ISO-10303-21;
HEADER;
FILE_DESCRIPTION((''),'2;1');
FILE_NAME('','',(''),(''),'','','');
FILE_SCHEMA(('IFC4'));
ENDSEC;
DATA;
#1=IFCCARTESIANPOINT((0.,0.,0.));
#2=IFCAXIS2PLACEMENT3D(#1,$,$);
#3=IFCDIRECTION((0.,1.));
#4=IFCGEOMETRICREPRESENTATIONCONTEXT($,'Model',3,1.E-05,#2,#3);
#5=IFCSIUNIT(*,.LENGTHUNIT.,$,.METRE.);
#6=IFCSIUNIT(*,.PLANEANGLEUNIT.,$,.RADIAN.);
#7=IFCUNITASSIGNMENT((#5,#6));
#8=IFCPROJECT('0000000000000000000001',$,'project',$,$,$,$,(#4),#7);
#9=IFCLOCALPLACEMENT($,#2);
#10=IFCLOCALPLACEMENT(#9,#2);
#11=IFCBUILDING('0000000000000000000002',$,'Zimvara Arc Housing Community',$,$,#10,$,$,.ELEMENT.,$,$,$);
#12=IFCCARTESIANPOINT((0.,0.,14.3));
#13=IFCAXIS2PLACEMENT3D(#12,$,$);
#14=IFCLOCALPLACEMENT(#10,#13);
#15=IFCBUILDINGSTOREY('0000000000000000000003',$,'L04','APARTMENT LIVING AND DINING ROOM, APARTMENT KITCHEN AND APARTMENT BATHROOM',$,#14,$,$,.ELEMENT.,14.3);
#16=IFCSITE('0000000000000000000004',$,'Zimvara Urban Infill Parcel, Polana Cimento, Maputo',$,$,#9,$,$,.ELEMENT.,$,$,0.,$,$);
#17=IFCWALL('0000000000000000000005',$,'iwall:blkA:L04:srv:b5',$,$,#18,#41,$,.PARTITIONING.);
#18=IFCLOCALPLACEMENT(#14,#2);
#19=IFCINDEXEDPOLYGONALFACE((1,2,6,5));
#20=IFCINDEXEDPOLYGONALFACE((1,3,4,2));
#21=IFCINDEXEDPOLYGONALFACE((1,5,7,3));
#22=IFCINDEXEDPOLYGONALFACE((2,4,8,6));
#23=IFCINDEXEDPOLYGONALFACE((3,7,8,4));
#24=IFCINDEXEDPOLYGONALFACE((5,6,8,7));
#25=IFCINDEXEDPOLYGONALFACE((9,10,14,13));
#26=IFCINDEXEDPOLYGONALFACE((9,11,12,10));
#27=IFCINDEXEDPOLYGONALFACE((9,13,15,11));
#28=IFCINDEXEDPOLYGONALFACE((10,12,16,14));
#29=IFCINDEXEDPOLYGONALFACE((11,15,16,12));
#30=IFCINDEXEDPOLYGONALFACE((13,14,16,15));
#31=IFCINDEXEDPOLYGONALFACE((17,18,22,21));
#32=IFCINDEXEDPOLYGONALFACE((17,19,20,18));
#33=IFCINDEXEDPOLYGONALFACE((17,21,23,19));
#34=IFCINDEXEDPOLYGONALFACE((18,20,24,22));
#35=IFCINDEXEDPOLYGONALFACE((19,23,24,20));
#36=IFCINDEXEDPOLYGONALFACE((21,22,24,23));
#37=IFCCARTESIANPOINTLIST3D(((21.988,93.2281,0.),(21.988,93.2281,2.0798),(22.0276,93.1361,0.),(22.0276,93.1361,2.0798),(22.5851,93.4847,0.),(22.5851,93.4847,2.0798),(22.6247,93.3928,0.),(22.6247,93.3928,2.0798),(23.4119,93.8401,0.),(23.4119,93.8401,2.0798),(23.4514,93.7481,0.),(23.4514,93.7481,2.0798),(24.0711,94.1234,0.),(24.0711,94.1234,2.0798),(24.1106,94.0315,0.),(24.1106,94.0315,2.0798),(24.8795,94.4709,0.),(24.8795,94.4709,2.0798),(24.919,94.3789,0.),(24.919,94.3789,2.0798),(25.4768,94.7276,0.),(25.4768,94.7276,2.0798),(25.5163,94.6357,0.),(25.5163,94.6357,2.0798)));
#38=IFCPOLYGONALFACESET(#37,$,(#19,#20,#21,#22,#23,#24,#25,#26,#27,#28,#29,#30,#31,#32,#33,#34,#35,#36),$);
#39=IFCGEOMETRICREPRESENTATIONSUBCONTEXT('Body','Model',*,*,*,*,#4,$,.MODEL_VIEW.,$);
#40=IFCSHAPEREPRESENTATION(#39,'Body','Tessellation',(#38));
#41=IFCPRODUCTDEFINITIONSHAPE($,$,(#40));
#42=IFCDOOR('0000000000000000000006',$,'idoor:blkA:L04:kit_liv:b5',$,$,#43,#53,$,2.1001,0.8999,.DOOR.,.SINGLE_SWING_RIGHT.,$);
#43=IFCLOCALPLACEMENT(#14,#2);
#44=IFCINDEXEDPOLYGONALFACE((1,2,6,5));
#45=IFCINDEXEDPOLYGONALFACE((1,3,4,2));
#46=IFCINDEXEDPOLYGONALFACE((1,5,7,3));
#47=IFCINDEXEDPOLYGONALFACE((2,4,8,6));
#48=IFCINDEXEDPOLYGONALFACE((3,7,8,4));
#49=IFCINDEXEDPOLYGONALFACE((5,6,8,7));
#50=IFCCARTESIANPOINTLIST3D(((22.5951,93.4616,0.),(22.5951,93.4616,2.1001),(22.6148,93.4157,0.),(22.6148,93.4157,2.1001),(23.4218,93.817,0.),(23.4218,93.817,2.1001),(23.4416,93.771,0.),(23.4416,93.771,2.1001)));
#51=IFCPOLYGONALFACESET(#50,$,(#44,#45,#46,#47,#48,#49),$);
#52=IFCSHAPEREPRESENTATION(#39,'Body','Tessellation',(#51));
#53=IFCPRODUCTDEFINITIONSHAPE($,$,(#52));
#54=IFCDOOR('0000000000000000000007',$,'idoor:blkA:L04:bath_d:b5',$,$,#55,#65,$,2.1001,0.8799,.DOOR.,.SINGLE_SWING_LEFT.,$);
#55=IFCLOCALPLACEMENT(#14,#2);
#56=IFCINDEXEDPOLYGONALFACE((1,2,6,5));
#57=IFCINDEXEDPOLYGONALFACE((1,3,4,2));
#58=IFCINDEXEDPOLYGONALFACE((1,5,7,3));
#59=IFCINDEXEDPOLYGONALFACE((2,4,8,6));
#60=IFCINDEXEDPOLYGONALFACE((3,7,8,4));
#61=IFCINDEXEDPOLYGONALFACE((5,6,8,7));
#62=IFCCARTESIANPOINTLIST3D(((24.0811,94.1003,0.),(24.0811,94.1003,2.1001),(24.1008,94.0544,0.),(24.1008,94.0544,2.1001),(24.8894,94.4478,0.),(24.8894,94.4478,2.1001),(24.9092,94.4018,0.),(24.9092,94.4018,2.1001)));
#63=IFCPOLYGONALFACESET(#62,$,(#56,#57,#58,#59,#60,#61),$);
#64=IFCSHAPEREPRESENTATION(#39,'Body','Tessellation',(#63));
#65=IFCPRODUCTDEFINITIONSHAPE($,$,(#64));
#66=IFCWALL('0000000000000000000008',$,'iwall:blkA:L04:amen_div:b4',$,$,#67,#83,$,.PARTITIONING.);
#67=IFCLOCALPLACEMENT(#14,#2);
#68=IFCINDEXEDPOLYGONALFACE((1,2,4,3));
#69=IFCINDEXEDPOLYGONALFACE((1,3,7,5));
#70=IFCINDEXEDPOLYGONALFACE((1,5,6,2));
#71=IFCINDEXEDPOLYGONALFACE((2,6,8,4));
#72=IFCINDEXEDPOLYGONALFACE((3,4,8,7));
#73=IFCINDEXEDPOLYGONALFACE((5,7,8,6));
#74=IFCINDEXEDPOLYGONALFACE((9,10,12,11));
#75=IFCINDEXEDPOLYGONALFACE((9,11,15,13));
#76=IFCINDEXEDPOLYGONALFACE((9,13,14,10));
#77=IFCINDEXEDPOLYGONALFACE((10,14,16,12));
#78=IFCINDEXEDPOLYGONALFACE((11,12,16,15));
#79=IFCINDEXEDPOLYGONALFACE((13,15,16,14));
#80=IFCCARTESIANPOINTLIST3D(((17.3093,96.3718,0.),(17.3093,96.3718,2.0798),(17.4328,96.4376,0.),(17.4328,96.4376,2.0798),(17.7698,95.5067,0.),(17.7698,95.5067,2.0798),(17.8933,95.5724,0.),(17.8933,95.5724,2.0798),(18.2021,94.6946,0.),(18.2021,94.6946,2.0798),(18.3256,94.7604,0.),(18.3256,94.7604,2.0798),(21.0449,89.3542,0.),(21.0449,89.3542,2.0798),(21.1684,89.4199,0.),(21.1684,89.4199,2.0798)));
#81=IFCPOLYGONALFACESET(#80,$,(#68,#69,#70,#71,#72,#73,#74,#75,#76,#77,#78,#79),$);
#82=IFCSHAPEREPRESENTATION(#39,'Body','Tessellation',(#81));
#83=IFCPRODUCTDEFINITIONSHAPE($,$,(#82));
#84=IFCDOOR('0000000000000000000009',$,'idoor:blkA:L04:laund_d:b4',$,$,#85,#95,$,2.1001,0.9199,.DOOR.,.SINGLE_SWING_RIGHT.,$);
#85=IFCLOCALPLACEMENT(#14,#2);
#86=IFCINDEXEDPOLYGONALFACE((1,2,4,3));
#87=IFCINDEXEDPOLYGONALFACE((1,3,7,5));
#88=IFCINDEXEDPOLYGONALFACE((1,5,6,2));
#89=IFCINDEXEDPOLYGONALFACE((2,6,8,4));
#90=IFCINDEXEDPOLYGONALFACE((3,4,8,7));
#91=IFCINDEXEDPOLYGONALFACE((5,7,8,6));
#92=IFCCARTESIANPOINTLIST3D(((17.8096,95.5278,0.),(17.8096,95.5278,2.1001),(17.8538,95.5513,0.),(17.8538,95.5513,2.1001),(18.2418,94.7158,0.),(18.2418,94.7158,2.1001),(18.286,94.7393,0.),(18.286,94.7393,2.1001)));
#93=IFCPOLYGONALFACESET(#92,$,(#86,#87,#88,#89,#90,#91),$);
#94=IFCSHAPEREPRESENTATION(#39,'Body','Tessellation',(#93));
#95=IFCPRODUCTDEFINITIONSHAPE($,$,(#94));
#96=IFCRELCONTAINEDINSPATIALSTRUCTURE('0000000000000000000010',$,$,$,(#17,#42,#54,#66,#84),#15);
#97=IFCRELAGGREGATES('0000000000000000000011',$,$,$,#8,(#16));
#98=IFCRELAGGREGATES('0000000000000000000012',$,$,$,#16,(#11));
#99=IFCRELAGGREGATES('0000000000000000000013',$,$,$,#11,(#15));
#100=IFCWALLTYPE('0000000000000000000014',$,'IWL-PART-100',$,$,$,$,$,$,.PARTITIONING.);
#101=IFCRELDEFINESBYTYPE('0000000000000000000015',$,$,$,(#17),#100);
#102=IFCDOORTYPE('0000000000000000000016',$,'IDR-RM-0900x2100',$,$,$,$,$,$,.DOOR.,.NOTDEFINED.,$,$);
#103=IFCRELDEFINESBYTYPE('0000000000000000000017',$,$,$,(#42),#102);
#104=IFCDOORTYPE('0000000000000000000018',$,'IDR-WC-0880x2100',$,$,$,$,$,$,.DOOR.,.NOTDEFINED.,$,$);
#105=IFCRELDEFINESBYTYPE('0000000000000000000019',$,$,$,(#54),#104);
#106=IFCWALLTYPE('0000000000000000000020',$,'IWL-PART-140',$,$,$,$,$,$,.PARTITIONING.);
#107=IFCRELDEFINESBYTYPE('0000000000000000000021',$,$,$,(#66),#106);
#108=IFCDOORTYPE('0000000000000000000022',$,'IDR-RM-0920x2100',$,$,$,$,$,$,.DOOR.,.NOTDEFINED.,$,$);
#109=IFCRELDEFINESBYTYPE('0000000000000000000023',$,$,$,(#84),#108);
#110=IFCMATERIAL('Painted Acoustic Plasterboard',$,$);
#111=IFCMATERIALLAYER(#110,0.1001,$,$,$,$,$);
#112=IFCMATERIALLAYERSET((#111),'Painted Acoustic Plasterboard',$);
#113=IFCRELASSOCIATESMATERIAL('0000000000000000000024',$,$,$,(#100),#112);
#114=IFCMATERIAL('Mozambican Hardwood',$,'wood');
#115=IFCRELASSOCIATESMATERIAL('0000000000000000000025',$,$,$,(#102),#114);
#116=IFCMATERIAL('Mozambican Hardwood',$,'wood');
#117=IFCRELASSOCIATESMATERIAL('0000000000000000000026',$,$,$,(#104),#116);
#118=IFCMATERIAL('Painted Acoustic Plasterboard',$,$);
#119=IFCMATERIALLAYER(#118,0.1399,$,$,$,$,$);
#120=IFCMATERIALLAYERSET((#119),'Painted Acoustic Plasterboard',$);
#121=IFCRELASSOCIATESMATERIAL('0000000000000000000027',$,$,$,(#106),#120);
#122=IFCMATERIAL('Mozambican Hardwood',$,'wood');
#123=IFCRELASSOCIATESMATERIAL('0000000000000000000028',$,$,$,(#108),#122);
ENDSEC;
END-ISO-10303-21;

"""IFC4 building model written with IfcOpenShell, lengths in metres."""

from ifc_helpers import new_model, si_unit, direction, frame, frame_2d, origin, place, context, subcontext, project, spatial, rectangle, extrude, material, layer, layer_set, type_object, element, fill, save


model = new_model("IFC4")

# Units and contexts
model_context = context("Model", 3, precision=1e-05, world=origin(), true_north=direction((0.0, 1.0)))
body_context = subcontext(model_context, "Body", "Model", "MODEL_VIEW")
ifc_project = project(units=[si_unit("LENGTHUNIT", "METRE"), si_unit("PLANEANGLEUNIT", "RADIAN")], contexts=[model_context])

# Site, building, storey
site_placement = place(None, origin())
site = spatial("IfcSite", under=ifc_project, at=site_placement, Name="Zimvara Urban Infill Parcel, Polana Cimento, Maputo", CompositionType="ELEMENT", RefElevation=0.0)
building_placement = place(site_placement, origin())
building = spatial("IfcBuilding", under=site, at=building_placement, Name="Zimvara Arc Housing Community", CompositionType="ELEMENT")
storey_placement = place(building_placement, frame((0.0, 0.0, 14.3)))
storey = spatial("IfcBuildingStorey", under=building, at=storey_placement, Name="L04", Description="APARTMENT LIVING AND DINING ROOM, APARTMENT KITCHEN AND APARTMENT BATHROOM", CompositionType="ELEMENT", Elevation=14.3)

# Wall, openings, doors
ifc_material_1 = material(Name="Painted Acoustic Plasterboard")
ifc_layer_1 = layer(ifc_material_1, 0.1001)
ifc_layer_set_1 = layer_set([ifc_layer_1], Name="Painted Acoustic Plasterboard")
wall_type_1 = type_object("IfcWallType", Name="IWL-PART-100", PredefinedType="PARTITIONING", material=ifc_layer_set_1)
wall_1_placement = place(storey_placement, frame((22.0078, 93.1821, 0.0), z_axis=(0.0, 0.0, 1.0), x_axis=(0.918732, 0.394881, 0.0)))
wall_1 = element("IfcWall", 1, at=wall_1_placement, inside=storey, type_object=wall_type_1, Name="iwall:blkA:L04:srv:b5", PredefinedType="PARTITIONING", context=body_context, shape_type="SweptSolid", body=[
    extrude(rectangle(XDim=3.7974, YDim=0.1001, at=frame_2d((1.8987, 0.0))), origin(), (0.0, 0.0, 1.0), 2.0798),
])
opening_1_placement = place(wall_1_placement, frame((0.6499, 0.0, 0.0)))
opening_1 = element("IfcOpeningElement", 2, at=opening_1_placement, cuts=wall_1, PredefinedType="OPENING", context=body_context, shape_type="SweptSolid", body=[
    extrude(rectangle(XDim=0.8999, YDim=2.1001, at=frame_2d((0.45, 1.05))), frame((0.0, 0.0601, 0.0), z_axis=(0.0, -1.0, 0.0), x_axis=(1.0, 0.0, 0.0)), (0.0, 0.0, 1.0), 0.1201),
])
opening_2_placement = place(wall_1_placement, frame((2.2673, 0.0, 0.0)))
opening_2 = element("IfcOpeningElement", 3, at=opening_2_placement, cuts=wall_1, PredefinedType="OPENING", context=body_context, shape_type="SweptSolid", body=[
    extrude(rectangle(XDim=0.8799, YDim=2.1001, at=frame_2d((0.4399, 1.05))), frame((0.0, 0.0601, 0.0), z_axis=(0.0, -1.0, 0.0), x_axis=(1.0, 0.0, 0.0)), (0.0, 0.0, 1.0), 0.1201),
])
ifc_material_2 = material(Name="Mozambican Hardwood", Category="wood")
door_type_1 = type_object("IfcDoorType", Name="IDR-RM-0900x2100", OperationType="NOTDEFINED", PredefinedType="DOOR", material=ifc_material_2)
door_1_placement = place(opening_1_placement, origin())
door_1 = element("IfcDoor", 4, at=door_1_placement, inside=storey, type_object=door_type_1, Name="idoor:blkA:L04:kit_liv:b5", OperationType="SINGLE_SWING_RIGHT", OverallHeight=2.1001, OverallWidth=0.8999, PredefinedType="DOOR", context=body_context, shape_type="SweptSolid", body=[
    extrude(rectangle(XDim=0.8999, YDim=2.1001, at=frame_2d((0.45, 1.05))), frame((0.0, 0.0249, 0.0), z_axis=(0.0, -1.0, 0.0), x_axis=(1.0, 0.0, 0.0)), (0.0, 0.0, 1.0), 0.05),
])
fill(opening_1, door_1)
ifc_material_3 = material(Name="Mozambican Hardwood", Category="wood")
door_type_2 = type_object("IfcDoorType", Name="IDR-WC-0880x2100", OperationType="NOTDEFINED", PredefinedType="DOOR", material=ifc_material_3)
door_2_placement = place(opening_2_placement, origin())
door_2 = element("IfcDoor", 5, at=door_2_placement, inside=storey, type_object=door_type_2, Name="idoor:blkA:L04:bath_d:b5", OperationType="SINGLE_SWING_LEFT", OverallHeight=2.1001, OverallWidth=0.8799, PredefinedType="DOOR", context=body_context, shape_type="SweptSolid", body=[
    extrude(rectangle(XDim=0.8799, YDim=2.1001, at=frame_2d((0.4399, 1.05))), frame((0.0, 0.0249, 0.0), z_axis=(0.0, -1.0, 0.0), x_axis=(1.0, 0.0, 0.0)), (0.0, 0.0, 1.0), 0.05),
])
fill(opening_2, door_2)

# Wall, opening, door
ifc_material_4 = material(Name="Painted Acoustic Plasterboard")
ifc_layer_2 = layer(ifc_material_4, 0.1399)
ifc_layer_set_2 = layer_set([ifc_layer_2], Name="Painted Acoustic Plasterboard")
wall_type_2 = type_object("IfcWallType", Name="IWL-PART-140", PredefinedType="PARTITIONING", material=ifc_layer_set_2)
wall_2_placement = place(storey_placement, frame((21.1067, 89.387, 0.0), z_axis=(0.0, 0.0, 1.0), x_axis=(-0.469892, 0.882724, 0.0)))
wall_2 = element("IfcWall", 6, at=wall_2_placement, inside=storey, type_object=wall_type_2, Name="iwall:blkA:L04:amen_div:b4", PredefinedType="PARTITIONING", context=body_context, shape_type="SweptSolid", body=[
    extrude(rectangle(XDim=7.95, YDim=0.1399, at=frame_2d((3.9751, 0.0))), origin(), (0.0, 0.0, 1.0), 2.0798),
])
opening_3_placement = place(wall_2_placement, frame((6.05, 0.0, 0.0)))
opening_3 = element("IfcOpeningElement", 7, at=opening_3_placement, cuts=wall_2, PredefinedType="OPENING", context=body_context, shape_type="SweptSolid", body=[
    extrude(rectangle(XDim=0.9199, YDim=2.1001, at=frame_2d((0.46, 1.05))), frame((0.0, 0.0798, 0.0), z_axis=(0.0, -1.0, 0.0), x_axis=(1.0, 0.0, 0.0)), (0.0, 0.0, 1.0), 0.1599),
])
ifc_material_5 = material(Name="Mozambican Hardwood", Category="wood")
door_type_3 = type_object("IfcDoorType", Name="IDR-RM-0920x2100", OperationType="NOTDEFINED", PredefinedType="DOOR", material=ifc_material_5)
door_3_placement = place(opening_3_placement, origin())
door_3 = element("IfcDoor", 8, at=door_3_placement, inside=storey, type_object=door_type_3, Name="idoor:blkA:L04:laund_d:b4", OperationType="SINGLE_SWING_RIGHT", OverallHeight=2.1001, OverallWidth=0.9199, PredefinedType="DOOR", context=body_context, shape_type="SweptSolid", body=[
    extrude(rectangle(XDim=0.9199, YDim=2.1001, at=frame_2d((0.46, 1.05))), frame((0.0, 0.0249, 0.0), z_axis=(0.0, -1.0, 0.0), x_axis=(1.0, 0.0, 0.0)), (0.0, 0.0, 1.0), 0.05),
])
fill(opening_3, door_3)

save(model, "model.ifc")
